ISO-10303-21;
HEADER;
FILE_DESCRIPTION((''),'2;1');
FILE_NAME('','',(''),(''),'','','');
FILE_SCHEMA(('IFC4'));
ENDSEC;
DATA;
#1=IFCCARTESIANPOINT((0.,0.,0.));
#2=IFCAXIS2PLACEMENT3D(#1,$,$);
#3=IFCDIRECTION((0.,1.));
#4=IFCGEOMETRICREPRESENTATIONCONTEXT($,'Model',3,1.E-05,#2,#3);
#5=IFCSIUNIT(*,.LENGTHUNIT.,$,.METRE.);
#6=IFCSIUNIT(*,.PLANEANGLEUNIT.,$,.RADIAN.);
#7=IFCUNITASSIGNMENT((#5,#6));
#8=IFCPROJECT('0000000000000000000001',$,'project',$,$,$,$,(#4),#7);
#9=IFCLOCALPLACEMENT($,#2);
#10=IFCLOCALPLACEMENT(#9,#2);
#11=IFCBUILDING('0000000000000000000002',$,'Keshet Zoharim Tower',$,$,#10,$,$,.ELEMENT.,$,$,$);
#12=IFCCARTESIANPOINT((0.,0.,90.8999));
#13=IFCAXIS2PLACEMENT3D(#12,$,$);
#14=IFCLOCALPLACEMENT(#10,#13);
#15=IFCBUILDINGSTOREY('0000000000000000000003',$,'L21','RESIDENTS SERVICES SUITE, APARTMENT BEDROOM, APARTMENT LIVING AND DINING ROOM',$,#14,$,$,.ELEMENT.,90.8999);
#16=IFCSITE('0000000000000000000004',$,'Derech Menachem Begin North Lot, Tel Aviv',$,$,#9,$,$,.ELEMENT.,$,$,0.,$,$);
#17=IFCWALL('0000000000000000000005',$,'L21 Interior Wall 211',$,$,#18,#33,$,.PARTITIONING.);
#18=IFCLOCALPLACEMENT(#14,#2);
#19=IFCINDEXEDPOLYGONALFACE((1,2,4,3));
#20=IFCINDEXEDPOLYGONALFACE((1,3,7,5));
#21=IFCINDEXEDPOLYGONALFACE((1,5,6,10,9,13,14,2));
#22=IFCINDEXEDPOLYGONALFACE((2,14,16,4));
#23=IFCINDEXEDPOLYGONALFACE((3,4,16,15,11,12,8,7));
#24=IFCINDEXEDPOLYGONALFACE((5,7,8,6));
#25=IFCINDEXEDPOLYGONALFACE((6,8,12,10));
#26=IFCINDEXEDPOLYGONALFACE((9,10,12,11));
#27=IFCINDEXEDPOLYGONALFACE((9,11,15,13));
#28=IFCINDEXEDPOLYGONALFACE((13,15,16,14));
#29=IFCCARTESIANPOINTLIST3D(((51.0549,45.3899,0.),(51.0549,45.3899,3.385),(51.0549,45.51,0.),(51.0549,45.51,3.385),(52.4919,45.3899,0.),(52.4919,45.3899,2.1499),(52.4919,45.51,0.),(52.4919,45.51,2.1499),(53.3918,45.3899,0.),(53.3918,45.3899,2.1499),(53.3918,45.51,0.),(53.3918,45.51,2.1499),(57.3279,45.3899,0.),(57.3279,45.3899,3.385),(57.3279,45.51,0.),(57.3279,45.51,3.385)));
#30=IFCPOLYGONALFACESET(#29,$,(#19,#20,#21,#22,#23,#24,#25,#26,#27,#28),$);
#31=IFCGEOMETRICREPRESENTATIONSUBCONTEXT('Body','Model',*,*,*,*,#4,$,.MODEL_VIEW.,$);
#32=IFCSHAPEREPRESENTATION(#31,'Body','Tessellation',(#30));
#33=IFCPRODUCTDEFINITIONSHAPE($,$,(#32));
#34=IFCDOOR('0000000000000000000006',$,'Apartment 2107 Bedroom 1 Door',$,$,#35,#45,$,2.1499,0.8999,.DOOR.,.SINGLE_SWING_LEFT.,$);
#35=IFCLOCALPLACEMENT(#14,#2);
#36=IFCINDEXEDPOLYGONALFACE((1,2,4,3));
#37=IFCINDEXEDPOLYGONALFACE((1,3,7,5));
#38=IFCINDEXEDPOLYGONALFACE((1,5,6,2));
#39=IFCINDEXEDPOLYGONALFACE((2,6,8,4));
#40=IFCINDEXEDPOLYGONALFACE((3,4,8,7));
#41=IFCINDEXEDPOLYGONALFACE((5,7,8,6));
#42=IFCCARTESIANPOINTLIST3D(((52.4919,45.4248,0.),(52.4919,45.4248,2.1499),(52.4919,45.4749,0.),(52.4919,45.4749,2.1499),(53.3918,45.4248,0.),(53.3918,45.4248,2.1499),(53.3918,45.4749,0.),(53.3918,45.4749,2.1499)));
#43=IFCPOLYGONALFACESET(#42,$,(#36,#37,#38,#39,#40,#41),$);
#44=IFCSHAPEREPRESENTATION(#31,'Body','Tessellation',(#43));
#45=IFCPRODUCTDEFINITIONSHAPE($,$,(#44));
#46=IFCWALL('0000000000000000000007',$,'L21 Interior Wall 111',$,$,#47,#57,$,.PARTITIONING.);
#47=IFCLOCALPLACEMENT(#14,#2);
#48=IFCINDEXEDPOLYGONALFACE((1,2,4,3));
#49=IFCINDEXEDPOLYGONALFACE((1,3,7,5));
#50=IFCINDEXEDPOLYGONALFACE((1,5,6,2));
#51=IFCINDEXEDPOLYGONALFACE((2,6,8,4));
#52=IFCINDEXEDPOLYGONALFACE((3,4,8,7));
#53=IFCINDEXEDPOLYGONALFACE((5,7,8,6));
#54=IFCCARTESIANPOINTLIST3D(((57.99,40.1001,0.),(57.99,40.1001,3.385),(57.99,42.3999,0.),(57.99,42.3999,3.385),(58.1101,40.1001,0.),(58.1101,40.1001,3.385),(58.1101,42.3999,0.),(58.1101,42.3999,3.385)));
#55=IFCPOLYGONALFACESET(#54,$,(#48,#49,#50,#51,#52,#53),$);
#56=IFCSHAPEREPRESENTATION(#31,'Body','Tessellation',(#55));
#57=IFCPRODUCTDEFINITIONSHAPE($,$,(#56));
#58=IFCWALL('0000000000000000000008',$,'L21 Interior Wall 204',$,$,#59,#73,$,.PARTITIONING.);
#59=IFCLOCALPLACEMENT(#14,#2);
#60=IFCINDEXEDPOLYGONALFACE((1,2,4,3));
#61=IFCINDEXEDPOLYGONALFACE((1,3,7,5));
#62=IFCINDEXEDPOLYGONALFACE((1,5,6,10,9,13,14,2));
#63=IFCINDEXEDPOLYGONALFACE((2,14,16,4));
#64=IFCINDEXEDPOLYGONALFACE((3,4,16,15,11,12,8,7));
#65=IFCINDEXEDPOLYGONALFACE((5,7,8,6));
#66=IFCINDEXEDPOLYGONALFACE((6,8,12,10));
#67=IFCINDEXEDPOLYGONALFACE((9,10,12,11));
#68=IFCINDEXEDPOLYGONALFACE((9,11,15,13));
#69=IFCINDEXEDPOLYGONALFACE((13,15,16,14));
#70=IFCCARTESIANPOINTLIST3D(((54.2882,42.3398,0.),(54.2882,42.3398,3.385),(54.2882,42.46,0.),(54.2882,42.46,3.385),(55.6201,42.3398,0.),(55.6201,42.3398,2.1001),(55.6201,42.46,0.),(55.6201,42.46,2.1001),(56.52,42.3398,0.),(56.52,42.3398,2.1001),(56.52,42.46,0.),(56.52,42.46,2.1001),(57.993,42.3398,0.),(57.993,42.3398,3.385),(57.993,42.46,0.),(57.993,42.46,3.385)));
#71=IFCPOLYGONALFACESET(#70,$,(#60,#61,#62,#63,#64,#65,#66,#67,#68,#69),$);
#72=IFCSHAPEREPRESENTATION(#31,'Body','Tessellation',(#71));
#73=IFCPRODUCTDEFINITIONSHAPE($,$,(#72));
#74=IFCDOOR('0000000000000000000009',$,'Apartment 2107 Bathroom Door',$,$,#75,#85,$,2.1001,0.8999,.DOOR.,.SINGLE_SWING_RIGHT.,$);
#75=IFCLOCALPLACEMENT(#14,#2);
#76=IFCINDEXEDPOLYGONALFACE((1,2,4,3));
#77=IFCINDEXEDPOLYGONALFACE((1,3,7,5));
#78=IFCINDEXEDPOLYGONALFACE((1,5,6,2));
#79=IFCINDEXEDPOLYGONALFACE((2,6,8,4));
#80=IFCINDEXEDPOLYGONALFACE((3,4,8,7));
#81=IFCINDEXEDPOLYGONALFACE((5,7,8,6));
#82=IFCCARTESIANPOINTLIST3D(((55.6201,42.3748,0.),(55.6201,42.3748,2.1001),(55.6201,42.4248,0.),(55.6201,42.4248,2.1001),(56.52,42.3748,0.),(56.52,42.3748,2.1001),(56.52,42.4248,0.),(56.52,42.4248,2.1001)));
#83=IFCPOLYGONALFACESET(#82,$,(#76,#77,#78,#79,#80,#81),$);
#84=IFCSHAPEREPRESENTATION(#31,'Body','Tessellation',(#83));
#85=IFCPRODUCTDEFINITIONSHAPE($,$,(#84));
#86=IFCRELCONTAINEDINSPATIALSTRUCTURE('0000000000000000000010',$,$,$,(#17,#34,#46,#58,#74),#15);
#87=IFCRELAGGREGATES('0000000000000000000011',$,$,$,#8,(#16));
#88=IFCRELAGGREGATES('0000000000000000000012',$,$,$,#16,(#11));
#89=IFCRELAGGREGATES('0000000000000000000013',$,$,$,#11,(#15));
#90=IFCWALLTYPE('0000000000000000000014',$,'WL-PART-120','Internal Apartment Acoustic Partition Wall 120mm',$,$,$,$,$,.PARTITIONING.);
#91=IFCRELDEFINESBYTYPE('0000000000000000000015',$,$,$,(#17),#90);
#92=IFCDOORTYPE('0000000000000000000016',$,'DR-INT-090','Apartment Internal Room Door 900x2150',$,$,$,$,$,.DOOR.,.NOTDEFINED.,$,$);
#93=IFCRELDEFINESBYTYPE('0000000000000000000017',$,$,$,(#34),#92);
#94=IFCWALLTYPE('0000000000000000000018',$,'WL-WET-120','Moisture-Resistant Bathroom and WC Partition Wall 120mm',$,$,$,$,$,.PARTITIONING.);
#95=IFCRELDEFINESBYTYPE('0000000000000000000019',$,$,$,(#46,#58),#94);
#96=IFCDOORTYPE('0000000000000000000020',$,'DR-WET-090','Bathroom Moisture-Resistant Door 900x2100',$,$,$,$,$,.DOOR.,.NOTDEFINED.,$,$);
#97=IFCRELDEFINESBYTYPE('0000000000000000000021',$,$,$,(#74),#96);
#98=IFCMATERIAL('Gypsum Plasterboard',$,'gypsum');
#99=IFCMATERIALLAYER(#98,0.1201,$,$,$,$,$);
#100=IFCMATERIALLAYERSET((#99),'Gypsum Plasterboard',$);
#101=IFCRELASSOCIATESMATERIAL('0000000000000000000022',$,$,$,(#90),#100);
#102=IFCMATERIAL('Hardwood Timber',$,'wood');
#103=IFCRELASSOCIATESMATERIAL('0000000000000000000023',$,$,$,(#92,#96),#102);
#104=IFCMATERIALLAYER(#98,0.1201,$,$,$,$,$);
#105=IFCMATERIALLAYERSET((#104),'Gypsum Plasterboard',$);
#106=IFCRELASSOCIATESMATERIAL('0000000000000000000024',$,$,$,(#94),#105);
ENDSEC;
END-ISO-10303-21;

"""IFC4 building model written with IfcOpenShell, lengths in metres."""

from ifc_helpers import new_model, si_unit, direction, frame, frame_2d, origin, place, context, subcontext, project, spatial, rectangle, extrude, material, layer, layer_set, type_object, element, fill, save


model = new_model("IFC4")

# Units and contexts
model_context = context("Model", 3, precision=1e-05, world=origin(), true_north=direction((0.0, 1.0)))
body_context = subcontext(model_context, "Body", "Model", "MODEL_VIEW")
ifc_project = project(units=[si_unit("LENGTHUNIT", "METRE"), si_unit("PLANEANGLEUNIT", "RADIAN")], contexts=[model_context])

# Site, building, storey
site_placement = place(None, origin())
site = spatial("IfcSite", under=ifc_project, at=site_placement, Name="Derech Menachem Begin North Lot, Tel Aviv", CompositionType="ELEMENT", RefElevation=0.0)
building_placement = place(site_placement, origin())
building = spatial("IfcBuilding", under=site, at=building_placement, Name="Keshet Zoharim Tower", CompositionType="ELEMENT")
storey_placement = place(building_placement, frame((0.0, 0.0, 90.8999)))
storey = spatial("IfcBuildingStorey", under=building, at=storey_placement, Name="L21", Description="RESIDENTS SERVICES SUITE, APARTMENT BEDROOM, APARTMENT LIVING AND DINING ROOM", CompositionType="ELEMENT", Elevation=90.8999)

# Shared definitions
ifc_material_1 = material(Name="Gypsum Plasterboard", Category="gypsum")
ifc_layer_1 = layer(ifc_material_1, 0.1201)
ifc_layer_set_1 = layer_set([ifc_layer_1], Name="Gypsum Plasterboard")
wall_type_1 = type_object("IfcWallType", Name="WL-PART-120", Description="Internal Apartment Acoustic Partition Wall 120mm", PredefinedType="PARTITIONING", material=ifc_layer_set_1)

# Shared definitions
ifc_material_2 = material(Name="Hardwood Timber", Category="wood")
door_type_1 = type_object("IfcDoorType", Name="DR-INT-090", Description="Apartment Internal Room Door 900x2150", OperationType="NOTDEFINED", PredefinedType="DOOR", material=ifc_material_2)

# Wall, opening, door
wall_1_placement = place(storey_placement, frame((51.0549, 45.45, 0.0), z_axis=(0.0, 0.0, 1.0), x_axis=(1.0, 0.0, 0.0)))
wall_1 = element("IfcWall", 1, at=wall_1_placement, inside=storey, type_object=wall_type_1, Name="L21 Interior Wall 211", PredefinedType="PARTITIONING", context=body_context, shape_type="SweptSolid", body=[
    extrude(rectangle(XDim=6.2729, YDim=0.1201, at=frame_2d((3.1365, 0.0))), origin(), (0.0, 0.0, 1.0), 3.385),
])
opening_1_placement = place(wall_1_placement, frame((1.437, 0.0, 0.0)))
opening_1 = element("IfcOpeningElement", 2, at=opening_1_placement, cuts=wall_1, PredefinedType="OPENING", context=body_context, shape_type="SweptSolid", body=[
    extrude(rectangle(XDim=0.8999, YDim=2.1499, at=frame_2d((0.45, 1.075))), frame((0.0, 0.0701, 0.0), z_axis=(0.0, -1.0, 0.0), x_axis=(1.0, 0.0, 0.0)), (0.0, 0.0, 1.0), 0.1401),
])
door_1_placement = place(opening_1_placement, origin())
door_1 = element("IfcDoor", 3, at=door_1_placement, inside=storey, type_object=door_type_1, Name="Apartment 2107 Bedroom 1 Door", OperationType="SINGLE_SWING_LEFT", OverallHeight=2.1499, OverallWidth=0.8999, PredefinedType="DOOR", context=body_context, shape_type="SweptSolid", body=[
    extrude(rectangle(XDim=0.8999, YDim=2.1499, at=frame_2d((0.45, 1.075))), frame((0.0, 0.0249, 0.0), z_axis=(0.0, -1.0, 0.0), x_axis=(1.0, 0.0, 0.0)), (0.0, 0.0, 1.0), 0.05),
])
fill(opening_1, door_1)

# Wall
ifc_layer_2 = layer(ifc_material_1, 0.1201)
ifc_layer_set_2 = layer_set([ifc_layer_2], Name="Gypsum Plasterboard")
wall_type_2 = type_object("IfcWallType", Name="WL-WET-120", Description="Moisture-Resistant Bathroom and WC Partition Wall 120mm", PredefinedType="PARTITIONING", material=ifc_layer_set_2)
wall_2_placement = place(storey_placement, frame((58.05, 40.1001, 0.0), z_axis=(0.0, 0.0, 1.0), x_axis=(0.0, 1.0, 0.0)))
element("IfcWall", 4, at=wall_2_placement, inside=storey, type_object=wall_type_2, Name="L21 Interior Wall 111", PredefinedType="PARTITIONING", context=body_context, shape_type="SweptSolid", body=[
    extrude(rectangle(XDim=2.2998, YDim=0.1201, at=frame_2d((1.1499, 0.0))), origin(), (0.0, 0.0, 1.0), 3.385),
])

# Wall, opening, door
wall_3_placement = place(storey_placement, frame((54.2881, 42.3999, 0.0), z_axis=(0.0, 0.0, 1.0), x_axis=(1.0, 0.0, 0.0)))
wall_3 = element("IfcWall", 5, at=wall_3_placement, inside=storey, type_object=wall_type_2, Name="L21 Interior Wall 204", PredefinedType="PARTITIONING", context=body_context, shape_type="SweptSolid", body=[
    extrude(rectangle(XDim=3.7048, YDim=0.1201, at=frame_2d((1.8525, 0.0))), origin(), (0.0, 0.0, 1.0), 3.385),
])
opening_2_placement = place(wall_3_placement, frame((1.332, 0.0, 0.0)))
opening_2 = element("IfcOpeningElement", 6, at=opening_2_placement, cuts=wall_3, PredefinedType="OPENING", context=body_context, shape_type="SweptSolid", body=[
    extrude(rectangle(XDim=0.8999, YDim=2.1001, at=frame_2d((0.45, 1.05))), frame((0.0, 0.0701, 0.0), z_axis=(0.0, -1.0, 0.0), x_axis=(1.0, 0.0, 0.0)), (0.0, 0.0, 1.0), 0.1401),
])
door_type_2 = type_object("IfcDoorType", Name="DR-WET-090", Description="Bathroom Moisture-Resistant Door 900x2100", OperationType="NOTDEFINED", PredefinedType="DOOR", material=ifc_material_2)
door_2_placement = place(opening_2_placement, origin())
door_2 = element("IfcDoor", 7, at=door_2_placement, inside=storey, type_object=door_type_2, Name="Apartment 2107 Bathroom Door", OperationType="SINGLE_SWING_RIGHT", OverallHeight=2.1001, OverallWidth=0.8999, PredefinedType="DOOR", context=body_context, shape_type="SweptSolid", body=[
    extrude(rectangle(XDim=0.8999, YDim=2.1001, at=frame_2d((0.45, 1.05))), frame((0.0, 0.0249, 0.0), z_axis=(0.0, -1.0, 0.0), x_axis=(1.0, 0.0, 0.0)), (0.0, 0.0, 1.0), 0.05),
])
fill(opening_2, door_2)

save(model, "model.ifc")
